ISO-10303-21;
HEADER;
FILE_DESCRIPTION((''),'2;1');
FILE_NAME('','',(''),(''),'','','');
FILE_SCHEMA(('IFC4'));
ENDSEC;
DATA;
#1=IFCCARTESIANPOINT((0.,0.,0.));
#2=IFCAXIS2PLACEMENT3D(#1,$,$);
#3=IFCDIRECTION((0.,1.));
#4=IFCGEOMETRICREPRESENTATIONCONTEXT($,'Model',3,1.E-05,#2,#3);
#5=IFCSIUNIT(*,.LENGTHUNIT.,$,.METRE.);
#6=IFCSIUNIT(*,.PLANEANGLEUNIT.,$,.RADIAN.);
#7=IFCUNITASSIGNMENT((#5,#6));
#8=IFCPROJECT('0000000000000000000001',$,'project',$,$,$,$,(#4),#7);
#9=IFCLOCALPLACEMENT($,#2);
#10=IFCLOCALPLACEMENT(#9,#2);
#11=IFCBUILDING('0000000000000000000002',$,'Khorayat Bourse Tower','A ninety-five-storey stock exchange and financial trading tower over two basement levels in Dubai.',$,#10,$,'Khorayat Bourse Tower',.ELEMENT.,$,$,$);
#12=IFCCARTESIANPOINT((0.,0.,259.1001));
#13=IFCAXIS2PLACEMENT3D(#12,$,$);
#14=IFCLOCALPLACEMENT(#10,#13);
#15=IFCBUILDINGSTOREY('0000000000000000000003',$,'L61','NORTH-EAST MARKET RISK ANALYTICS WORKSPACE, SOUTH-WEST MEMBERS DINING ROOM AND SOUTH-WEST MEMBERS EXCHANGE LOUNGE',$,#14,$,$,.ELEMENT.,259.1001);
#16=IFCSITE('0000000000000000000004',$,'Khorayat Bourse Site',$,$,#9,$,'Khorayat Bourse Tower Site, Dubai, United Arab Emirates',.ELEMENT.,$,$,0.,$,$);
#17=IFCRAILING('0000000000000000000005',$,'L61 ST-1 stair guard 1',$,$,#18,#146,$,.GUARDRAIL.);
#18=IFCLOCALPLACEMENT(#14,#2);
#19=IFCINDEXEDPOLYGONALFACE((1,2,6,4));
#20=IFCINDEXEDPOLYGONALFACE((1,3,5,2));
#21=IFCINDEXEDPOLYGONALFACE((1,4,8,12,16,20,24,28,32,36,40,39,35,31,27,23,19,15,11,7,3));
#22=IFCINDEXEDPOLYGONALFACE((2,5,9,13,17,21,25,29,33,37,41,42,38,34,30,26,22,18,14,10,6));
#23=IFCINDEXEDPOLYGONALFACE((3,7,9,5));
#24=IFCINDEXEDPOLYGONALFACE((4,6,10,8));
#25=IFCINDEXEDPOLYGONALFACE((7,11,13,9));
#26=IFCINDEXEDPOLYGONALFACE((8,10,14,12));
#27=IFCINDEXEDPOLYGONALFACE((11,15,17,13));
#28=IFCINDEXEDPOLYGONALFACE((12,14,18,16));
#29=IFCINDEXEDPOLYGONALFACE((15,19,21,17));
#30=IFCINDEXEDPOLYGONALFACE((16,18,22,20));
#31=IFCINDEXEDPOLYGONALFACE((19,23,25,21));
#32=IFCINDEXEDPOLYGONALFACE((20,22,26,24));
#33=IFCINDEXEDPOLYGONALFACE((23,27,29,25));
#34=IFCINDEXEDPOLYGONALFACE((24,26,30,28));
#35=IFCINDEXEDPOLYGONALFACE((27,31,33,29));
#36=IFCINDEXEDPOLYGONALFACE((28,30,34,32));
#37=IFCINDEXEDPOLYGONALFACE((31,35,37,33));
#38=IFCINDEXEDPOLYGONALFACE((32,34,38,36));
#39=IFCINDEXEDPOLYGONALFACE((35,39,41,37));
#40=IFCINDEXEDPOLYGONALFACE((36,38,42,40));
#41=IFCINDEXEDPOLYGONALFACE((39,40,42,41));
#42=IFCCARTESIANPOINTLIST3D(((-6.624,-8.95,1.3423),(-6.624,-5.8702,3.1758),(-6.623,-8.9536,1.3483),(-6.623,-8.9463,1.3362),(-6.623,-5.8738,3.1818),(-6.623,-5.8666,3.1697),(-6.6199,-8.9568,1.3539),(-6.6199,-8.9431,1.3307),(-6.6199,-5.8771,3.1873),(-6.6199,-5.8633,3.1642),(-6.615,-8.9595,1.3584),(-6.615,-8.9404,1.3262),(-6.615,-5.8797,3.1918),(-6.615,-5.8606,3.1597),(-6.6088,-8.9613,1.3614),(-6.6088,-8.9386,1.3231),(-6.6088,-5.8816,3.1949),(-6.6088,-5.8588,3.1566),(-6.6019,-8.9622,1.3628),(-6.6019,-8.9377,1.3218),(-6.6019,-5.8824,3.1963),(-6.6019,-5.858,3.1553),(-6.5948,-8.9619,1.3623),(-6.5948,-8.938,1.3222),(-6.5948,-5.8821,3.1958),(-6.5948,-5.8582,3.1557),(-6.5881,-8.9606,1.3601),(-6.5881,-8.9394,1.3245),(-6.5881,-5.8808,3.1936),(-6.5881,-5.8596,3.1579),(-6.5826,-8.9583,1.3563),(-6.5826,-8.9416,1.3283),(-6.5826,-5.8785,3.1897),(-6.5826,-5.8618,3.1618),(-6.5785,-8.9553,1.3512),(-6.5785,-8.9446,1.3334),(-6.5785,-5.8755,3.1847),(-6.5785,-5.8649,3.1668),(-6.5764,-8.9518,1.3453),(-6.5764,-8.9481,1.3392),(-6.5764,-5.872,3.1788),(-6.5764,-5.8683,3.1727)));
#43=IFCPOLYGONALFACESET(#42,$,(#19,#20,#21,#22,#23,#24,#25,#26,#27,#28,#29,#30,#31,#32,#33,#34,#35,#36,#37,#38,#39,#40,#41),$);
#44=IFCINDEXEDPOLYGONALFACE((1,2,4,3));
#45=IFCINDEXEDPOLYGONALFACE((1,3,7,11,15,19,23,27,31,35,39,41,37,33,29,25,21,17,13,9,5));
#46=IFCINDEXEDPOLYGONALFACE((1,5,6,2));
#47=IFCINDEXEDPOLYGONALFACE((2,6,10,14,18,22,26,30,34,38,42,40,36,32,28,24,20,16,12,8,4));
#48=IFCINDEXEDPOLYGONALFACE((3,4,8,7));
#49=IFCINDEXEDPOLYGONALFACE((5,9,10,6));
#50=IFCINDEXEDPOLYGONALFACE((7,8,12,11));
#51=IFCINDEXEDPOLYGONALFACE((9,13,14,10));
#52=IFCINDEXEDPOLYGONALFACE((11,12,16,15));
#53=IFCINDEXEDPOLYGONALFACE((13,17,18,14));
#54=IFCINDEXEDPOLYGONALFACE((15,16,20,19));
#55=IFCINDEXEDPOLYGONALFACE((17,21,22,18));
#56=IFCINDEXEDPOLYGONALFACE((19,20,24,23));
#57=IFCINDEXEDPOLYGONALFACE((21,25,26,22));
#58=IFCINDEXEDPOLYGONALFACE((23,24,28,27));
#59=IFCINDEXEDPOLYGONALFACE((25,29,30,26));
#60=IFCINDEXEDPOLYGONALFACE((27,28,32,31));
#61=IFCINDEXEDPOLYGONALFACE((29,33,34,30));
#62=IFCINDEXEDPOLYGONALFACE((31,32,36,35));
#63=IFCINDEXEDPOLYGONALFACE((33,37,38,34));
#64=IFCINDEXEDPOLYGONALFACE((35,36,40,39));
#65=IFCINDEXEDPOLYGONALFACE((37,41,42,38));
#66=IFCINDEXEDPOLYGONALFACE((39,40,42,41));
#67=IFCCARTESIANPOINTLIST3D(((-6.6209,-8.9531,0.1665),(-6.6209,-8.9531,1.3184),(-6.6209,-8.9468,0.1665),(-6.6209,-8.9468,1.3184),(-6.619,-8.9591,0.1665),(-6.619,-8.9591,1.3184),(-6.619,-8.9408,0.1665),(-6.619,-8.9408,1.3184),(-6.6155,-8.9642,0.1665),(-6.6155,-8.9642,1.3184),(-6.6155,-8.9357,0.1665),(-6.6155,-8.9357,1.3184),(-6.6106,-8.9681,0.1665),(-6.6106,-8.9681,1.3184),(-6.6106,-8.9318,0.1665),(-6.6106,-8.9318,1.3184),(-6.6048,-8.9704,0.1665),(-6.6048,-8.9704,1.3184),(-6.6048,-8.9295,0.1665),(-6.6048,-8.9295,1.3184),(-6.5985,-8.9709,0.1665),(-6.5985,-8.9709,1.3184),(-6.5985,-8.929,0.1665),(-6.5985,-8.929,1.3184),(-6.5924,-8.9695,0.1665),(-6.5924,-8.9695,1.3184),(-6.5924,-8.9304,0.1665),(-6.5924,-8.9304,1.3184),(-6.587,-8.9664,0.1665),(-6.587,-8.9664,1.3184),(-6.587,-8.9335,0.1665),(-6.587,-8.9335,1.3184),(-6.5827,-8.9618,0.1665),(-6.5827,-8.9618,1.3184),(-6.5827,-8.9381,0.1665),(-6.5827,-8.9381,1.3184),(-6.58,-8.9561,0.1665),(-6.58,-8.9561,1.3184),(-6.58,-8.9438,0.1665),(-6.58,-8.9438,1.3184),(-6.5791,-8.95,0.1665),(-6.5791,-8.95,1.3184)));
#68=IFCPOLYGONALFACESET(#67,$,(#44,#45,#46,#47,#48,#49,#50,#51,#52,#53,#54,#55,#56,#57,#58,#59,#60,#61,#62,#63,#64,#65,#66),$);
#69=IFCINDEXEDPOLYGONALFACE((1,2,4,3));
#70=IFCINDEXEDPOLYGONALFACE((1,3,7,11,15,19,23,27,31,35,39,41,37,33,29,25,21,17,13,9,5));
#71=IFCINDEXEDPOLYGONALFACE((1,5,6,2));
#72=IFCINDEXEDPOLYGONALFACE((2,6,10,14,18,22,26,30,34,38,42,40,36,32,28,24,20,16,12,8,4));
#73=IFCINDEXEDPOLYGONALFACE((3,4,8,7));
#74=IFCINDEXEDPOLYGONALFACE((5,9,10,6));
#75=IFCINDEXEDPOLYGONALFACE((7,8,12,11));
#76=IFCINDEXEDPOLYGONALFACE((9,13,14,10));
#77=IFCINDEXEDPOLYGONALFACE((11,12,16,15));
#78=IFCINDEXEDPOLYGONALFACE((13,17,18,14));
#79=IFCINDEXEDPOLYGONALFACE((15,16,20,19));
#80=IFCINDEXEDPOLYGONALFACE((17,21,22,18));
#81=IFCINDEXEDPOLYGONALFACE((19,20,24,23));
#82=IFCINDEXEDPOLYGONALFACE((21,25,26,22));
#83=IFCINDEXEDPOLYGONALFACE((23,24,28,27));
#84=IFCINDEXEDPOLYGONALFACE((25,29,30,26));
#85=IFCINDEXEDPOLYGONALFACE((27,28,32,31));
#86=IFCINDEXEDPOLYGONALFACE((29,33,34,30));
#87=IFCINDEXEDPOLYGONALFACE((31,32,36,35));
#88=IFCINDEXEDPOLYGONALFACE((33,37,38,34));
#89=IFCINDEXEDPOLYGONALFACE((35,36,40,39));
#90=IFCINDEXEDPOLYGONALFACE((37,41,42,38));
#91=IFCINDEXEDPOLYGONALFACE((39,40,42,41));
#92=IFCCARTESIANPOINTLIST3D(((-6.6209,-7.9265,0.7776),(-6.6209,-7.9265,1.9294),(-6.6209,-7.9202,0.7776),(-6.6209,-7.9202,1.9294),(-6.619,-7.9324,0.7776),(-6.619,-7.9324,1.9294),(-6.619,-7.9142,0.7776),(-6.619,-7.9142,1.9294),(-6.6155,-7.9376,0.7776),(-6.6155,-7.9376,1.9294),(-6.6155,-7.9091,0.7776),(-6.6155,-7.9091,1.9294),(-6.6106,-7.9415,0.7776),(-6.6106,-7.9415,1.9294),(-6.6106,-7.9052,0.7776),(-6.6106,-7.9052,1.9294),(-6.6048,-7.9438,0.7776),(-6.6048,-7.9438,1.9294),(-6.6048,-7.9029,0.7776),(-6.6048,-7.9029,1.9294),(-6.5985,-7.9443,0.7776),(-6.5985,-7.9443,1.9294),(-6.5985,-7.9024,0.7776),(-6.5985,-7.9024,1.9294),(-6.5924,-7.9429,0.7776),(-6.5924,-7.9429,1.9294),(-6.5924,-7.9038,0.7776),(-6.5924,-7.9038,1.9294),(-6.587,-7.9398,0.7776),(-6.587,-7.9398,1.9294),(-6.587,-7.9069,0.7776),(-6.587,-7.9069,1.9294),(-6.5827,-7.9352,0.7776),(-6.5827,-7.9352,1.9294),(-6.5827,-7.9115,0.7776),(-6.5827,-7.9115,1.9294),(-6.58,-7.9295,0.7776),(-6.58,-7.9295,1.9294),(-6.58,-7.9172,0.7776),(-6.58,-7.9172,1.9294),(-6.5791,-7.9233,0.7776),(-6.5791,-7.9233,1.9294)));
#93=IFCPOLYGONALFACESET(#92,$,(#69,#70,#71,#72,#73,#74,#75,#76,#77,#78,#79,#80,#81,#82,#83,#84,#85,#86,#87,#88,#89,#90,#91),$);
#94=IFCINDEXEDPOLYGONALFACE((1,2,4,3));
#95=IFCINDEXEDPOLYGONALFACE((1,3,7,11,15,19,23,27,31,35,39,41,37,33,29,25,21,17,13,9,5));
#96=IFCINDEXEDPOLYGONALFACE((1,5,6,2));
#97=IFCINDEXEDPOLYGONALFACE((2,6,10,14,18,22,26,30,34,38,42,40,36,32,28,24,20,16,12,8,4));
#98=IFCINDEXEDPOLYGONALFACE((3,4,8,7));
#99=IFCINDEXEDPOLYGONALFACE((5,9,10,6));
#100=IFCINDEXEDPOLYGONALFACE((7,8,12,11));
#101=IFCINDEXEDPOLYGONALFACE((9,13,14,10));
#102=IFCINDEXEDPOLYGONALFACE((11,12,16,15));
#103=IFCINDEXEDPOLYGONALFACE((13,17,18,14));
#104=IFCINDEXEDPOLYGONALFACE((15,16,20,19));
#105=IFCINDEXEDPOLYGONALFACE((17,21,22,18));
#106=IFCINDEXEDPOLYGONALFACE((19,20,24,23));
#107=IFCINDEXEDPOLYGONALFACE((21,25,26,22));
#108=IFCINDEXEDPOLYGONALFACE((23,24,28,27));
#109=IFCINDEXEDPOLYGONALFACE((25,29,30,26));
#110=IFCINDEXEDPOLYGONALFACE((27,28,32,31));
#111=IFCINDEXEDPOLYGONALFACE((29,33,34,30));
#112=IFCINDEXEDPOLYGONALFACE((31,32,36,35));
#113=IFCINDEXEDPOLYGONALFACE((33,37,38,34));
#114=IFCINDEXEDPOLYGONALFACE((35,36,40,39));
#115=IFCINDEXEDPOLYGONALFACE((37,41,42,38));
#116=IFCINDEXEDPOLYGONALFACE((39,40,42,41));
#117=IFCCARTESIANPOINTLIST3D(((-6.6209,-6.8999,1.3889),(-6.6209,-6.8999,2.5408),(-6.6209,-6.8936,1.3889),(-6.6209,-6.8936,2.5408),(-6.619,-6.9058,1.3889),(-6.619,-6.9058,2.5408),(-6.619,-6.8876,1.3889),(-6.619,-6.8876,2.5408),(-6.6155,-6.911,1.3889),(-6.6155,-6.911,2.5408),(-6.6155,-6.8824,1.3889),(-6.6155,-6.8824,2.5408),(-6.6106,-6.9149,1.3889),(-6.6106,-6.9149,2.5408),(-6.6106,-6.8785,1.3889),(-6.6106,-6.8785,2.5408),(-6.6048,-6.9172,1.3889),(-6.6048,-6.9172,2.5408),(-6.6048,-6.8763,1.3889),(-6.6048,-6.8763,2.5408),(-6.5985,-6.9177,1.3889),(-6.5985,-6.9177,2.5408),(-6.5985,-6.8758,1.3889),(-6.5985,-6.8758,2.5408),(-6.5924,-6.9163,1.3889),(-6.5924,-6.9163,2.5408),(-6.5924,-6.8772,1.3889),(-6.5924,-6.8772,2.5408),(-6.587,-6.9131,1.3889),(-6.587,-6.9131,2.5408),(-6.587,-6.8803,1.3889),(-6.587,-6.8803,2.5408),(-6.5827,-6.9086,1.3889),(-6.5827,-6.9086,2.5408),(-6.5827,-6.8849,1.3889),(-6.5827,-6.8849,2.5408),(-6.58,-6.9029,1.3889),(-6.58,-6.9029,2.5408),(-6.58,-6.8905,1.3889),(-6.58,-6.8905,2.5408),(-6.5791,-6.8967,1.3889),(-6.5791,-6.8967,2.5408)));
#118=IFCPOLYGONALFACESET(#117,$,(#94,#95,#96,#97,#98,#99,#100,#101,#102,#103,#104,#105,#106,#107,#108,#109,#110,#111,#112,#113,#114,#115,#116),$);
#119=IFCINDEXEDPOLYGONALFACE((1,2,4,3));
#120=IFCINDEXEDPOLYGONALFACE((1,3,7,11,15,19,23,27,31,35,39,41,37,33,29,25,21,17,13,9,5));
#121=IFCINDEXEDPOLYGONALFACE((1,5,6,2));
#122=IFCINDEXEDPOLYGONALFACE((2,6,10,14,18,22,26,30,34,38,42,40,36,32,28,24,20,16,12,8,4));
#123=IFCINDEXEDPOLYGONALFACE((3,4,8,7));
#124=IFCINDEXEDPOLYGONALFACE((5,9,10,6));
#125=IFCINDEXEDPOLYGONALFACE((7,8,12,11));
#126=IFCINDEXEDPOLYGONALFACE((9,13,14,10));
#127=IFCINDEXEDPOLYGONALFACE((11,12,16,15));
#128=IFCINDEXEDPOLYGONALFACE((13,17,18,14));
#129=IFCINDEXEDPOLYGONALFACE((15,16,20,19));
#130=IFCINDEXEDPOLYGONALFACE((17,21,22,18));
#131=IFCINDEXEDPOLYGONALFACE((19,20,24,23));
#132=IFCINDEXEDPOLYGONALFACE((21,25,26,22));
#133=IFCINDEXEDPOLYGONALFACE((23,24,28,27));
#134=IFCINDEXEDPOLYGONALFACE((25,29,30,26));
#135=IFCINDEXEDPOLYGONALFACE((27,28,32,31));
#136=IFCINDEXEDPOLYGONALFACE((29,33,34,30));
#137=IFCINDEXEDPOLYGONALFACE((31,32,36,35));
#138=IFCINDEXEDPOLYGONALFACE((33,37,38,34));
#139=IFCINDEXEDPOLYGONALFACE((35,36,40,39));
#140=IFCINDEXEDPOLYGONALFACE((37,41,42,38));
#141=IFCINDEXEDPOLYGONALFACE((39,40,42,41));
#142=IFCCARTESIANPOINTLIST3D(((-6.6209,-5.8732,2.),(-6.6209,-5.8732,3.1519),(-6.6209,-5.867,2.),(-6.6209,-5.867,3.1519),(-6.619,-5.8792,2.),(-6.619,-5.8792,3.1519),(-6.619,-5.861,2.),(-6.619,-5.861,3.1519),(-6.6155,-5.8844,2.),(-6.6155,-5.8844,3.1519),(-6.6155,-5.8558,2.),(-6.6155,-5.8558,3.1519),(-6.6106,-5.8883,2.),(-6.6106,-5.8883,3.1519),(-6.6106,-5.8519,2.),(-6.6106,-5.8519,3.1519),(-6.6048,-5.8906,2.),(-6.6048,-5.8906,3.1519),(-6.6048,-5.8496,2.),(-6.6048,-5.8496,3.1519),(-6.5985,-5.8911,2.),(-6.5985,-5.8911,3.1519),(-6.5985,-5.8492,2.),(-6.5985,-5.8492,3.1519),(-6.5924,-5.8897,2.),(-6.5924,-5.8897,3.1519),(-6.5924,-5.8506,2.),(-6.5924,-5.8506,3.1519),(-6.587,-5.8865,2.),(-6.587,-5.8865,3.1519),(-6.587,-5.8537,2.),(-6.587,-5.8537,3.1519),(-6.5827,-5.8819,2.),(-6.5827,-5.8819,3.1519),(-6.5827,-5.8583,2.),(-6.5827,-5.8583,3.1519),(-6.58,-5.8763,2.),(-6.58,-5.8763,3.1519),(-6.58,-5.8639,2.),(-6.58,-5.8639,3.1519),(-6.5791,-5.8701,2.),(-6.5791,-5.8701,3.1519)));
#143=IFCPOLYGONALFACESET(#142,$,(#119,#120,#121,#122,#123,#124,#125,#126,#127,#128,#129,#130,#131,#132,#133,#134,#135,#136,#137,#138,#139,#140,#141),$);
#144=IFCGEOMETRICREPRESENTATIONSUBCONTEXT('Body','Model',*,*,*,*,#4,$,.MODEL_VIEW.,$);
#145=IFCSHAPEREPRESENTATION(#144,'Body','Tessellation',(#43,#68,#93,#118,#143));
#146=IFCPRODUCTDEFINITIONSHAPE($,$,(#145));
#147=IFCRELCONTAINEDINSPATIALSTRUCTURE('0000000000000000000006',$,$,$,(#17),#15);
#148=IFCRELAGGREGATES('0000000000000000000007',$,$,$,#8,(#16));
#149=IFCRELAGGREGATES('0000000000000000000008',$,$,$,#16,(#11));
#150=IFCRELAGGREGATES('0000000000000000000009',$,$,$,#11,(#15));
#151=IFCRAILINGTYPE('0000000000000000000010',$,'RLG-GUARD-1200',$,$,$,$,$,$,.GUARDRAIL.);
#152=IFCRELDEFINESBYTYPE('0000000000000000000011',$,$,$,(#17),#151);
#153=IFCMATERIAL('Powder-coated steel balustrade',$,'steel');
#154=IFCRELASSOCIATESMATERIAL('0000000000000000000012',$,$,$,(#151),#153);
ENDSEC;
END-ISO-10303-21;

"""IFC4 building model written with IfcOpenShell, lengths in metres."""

from ifc_helpers import new_model, si_unit, direction, frame, origin, origin_2d, place, context, subcontext, project, spatial, circle, extrude, source, transform, mapped, material, type_object, element, save


model = new_model("IFC4")

# Units and contexts
model_context = context("Model", 3, precision=1e-05, world=origin(), true_north=direction((0.0, 1.0)))
body_context = subcontext(model_context, "Body", "Model", "MODEL_VIEW")
ifc_project = project(units=[si_unit("LENGTHUNIT", "METRE"), si_unit("PLANEANGLEUNIT", "RADIAN")], contexts=[model_context])

# Site, building, storey
site_placement = place(None, origin())
site = spatial("IfcSite", under=ifc_project, at=site_placement, Name="Khorayat Bourse Site", LongName="Khorayat Bourse Tower Site, Dubai, United Arab Emirates", CompositionType="ELEMENT", RefElevation=0.0)
building_placement = place(site_placement, origin())
building = spatial("IfcBuilding", under=site, at=building_placement, Name="Khorayat Bourse Tower", Description="A ninety-five-storey stock exchange and financial trading tower over two basement levels in Dubai.", LongName="Khorayat Bourse Tower", CompositionType="ELEMENT")
storey_placement = place(building_placement, frame((0.0, 0.0, 259.1001)))
storey = spatial("IfcBuildingStorey", under=building, at=storey_placement, Name="L61", Description="NORTH-EAST MARKET RISK ANALYTICS WORKSPACE, SOUTH-WEST MEMBERS DINING ROOM AND SOUTH-WEST MEMBERS EXCHANGE LOUNGE", CompositionType="ELEMENT", Elevation=259.1001)

# Railing
ifc_material_1 = material(Name="Powder-coated steel balustrade", Category="steel")
railing_type_1 = type_object("IfcRailingType", Name="RLG-GUARD-1200", PredefinedType="GUARDRAIL", material=ifc_material_1)
shared_shape_1 = source(origin(), body_context, "Body", "SweptSolid", [
    extrude(circle(Radius=0.0239, at=origin_2d()), frame((0.0, 0.0, 1.1758), z_axis=(0.0, 0.859261, 0.511538), x_axis=(-1.0, 0.0, 0.0)), (0.0, 0.0, 1.0), 3.5842),
    extrude(circle(Radius=0.021, at=origin_2d()), origin(), (0.0, 0.0, 1.0), 1.1519),
    extrude(circle(Radius=0.021, at=origin_2d()), frame((0.0, 1.0266, 0.6111)), (0.0, 0.0, 1.0), 1.1519),
    extrude(circle(Radius=0.021, at=origin_2d()), frame((0.0, 2.0532, 1.2224)), (0.0, 0.0, 1.0), 1.1519),
    extrude(circle(Radius=0.021, at=origin_2d()), frame((0.0, 3.0798, 1.8335)), (0.0, 0.0, 1.0), 1.1519),
])
railing_1_placement = place(storey_placement, frame((-6.6001, -8.95, 0.1665)))
element("IfcRailing", 1, at=railing_1_placement, inside=storey, type_object=railing_type_1, Name="L61 ST-1 stair guard 1", PredefinedType="GUARDRAIL", context=body_context, shape_type="MappedRepresentation", body=[
    mapped(shared_shape_1, transform((0.0, 0.0, 0.0), scale=1.0)),
])

save(model, "model.ifc")
